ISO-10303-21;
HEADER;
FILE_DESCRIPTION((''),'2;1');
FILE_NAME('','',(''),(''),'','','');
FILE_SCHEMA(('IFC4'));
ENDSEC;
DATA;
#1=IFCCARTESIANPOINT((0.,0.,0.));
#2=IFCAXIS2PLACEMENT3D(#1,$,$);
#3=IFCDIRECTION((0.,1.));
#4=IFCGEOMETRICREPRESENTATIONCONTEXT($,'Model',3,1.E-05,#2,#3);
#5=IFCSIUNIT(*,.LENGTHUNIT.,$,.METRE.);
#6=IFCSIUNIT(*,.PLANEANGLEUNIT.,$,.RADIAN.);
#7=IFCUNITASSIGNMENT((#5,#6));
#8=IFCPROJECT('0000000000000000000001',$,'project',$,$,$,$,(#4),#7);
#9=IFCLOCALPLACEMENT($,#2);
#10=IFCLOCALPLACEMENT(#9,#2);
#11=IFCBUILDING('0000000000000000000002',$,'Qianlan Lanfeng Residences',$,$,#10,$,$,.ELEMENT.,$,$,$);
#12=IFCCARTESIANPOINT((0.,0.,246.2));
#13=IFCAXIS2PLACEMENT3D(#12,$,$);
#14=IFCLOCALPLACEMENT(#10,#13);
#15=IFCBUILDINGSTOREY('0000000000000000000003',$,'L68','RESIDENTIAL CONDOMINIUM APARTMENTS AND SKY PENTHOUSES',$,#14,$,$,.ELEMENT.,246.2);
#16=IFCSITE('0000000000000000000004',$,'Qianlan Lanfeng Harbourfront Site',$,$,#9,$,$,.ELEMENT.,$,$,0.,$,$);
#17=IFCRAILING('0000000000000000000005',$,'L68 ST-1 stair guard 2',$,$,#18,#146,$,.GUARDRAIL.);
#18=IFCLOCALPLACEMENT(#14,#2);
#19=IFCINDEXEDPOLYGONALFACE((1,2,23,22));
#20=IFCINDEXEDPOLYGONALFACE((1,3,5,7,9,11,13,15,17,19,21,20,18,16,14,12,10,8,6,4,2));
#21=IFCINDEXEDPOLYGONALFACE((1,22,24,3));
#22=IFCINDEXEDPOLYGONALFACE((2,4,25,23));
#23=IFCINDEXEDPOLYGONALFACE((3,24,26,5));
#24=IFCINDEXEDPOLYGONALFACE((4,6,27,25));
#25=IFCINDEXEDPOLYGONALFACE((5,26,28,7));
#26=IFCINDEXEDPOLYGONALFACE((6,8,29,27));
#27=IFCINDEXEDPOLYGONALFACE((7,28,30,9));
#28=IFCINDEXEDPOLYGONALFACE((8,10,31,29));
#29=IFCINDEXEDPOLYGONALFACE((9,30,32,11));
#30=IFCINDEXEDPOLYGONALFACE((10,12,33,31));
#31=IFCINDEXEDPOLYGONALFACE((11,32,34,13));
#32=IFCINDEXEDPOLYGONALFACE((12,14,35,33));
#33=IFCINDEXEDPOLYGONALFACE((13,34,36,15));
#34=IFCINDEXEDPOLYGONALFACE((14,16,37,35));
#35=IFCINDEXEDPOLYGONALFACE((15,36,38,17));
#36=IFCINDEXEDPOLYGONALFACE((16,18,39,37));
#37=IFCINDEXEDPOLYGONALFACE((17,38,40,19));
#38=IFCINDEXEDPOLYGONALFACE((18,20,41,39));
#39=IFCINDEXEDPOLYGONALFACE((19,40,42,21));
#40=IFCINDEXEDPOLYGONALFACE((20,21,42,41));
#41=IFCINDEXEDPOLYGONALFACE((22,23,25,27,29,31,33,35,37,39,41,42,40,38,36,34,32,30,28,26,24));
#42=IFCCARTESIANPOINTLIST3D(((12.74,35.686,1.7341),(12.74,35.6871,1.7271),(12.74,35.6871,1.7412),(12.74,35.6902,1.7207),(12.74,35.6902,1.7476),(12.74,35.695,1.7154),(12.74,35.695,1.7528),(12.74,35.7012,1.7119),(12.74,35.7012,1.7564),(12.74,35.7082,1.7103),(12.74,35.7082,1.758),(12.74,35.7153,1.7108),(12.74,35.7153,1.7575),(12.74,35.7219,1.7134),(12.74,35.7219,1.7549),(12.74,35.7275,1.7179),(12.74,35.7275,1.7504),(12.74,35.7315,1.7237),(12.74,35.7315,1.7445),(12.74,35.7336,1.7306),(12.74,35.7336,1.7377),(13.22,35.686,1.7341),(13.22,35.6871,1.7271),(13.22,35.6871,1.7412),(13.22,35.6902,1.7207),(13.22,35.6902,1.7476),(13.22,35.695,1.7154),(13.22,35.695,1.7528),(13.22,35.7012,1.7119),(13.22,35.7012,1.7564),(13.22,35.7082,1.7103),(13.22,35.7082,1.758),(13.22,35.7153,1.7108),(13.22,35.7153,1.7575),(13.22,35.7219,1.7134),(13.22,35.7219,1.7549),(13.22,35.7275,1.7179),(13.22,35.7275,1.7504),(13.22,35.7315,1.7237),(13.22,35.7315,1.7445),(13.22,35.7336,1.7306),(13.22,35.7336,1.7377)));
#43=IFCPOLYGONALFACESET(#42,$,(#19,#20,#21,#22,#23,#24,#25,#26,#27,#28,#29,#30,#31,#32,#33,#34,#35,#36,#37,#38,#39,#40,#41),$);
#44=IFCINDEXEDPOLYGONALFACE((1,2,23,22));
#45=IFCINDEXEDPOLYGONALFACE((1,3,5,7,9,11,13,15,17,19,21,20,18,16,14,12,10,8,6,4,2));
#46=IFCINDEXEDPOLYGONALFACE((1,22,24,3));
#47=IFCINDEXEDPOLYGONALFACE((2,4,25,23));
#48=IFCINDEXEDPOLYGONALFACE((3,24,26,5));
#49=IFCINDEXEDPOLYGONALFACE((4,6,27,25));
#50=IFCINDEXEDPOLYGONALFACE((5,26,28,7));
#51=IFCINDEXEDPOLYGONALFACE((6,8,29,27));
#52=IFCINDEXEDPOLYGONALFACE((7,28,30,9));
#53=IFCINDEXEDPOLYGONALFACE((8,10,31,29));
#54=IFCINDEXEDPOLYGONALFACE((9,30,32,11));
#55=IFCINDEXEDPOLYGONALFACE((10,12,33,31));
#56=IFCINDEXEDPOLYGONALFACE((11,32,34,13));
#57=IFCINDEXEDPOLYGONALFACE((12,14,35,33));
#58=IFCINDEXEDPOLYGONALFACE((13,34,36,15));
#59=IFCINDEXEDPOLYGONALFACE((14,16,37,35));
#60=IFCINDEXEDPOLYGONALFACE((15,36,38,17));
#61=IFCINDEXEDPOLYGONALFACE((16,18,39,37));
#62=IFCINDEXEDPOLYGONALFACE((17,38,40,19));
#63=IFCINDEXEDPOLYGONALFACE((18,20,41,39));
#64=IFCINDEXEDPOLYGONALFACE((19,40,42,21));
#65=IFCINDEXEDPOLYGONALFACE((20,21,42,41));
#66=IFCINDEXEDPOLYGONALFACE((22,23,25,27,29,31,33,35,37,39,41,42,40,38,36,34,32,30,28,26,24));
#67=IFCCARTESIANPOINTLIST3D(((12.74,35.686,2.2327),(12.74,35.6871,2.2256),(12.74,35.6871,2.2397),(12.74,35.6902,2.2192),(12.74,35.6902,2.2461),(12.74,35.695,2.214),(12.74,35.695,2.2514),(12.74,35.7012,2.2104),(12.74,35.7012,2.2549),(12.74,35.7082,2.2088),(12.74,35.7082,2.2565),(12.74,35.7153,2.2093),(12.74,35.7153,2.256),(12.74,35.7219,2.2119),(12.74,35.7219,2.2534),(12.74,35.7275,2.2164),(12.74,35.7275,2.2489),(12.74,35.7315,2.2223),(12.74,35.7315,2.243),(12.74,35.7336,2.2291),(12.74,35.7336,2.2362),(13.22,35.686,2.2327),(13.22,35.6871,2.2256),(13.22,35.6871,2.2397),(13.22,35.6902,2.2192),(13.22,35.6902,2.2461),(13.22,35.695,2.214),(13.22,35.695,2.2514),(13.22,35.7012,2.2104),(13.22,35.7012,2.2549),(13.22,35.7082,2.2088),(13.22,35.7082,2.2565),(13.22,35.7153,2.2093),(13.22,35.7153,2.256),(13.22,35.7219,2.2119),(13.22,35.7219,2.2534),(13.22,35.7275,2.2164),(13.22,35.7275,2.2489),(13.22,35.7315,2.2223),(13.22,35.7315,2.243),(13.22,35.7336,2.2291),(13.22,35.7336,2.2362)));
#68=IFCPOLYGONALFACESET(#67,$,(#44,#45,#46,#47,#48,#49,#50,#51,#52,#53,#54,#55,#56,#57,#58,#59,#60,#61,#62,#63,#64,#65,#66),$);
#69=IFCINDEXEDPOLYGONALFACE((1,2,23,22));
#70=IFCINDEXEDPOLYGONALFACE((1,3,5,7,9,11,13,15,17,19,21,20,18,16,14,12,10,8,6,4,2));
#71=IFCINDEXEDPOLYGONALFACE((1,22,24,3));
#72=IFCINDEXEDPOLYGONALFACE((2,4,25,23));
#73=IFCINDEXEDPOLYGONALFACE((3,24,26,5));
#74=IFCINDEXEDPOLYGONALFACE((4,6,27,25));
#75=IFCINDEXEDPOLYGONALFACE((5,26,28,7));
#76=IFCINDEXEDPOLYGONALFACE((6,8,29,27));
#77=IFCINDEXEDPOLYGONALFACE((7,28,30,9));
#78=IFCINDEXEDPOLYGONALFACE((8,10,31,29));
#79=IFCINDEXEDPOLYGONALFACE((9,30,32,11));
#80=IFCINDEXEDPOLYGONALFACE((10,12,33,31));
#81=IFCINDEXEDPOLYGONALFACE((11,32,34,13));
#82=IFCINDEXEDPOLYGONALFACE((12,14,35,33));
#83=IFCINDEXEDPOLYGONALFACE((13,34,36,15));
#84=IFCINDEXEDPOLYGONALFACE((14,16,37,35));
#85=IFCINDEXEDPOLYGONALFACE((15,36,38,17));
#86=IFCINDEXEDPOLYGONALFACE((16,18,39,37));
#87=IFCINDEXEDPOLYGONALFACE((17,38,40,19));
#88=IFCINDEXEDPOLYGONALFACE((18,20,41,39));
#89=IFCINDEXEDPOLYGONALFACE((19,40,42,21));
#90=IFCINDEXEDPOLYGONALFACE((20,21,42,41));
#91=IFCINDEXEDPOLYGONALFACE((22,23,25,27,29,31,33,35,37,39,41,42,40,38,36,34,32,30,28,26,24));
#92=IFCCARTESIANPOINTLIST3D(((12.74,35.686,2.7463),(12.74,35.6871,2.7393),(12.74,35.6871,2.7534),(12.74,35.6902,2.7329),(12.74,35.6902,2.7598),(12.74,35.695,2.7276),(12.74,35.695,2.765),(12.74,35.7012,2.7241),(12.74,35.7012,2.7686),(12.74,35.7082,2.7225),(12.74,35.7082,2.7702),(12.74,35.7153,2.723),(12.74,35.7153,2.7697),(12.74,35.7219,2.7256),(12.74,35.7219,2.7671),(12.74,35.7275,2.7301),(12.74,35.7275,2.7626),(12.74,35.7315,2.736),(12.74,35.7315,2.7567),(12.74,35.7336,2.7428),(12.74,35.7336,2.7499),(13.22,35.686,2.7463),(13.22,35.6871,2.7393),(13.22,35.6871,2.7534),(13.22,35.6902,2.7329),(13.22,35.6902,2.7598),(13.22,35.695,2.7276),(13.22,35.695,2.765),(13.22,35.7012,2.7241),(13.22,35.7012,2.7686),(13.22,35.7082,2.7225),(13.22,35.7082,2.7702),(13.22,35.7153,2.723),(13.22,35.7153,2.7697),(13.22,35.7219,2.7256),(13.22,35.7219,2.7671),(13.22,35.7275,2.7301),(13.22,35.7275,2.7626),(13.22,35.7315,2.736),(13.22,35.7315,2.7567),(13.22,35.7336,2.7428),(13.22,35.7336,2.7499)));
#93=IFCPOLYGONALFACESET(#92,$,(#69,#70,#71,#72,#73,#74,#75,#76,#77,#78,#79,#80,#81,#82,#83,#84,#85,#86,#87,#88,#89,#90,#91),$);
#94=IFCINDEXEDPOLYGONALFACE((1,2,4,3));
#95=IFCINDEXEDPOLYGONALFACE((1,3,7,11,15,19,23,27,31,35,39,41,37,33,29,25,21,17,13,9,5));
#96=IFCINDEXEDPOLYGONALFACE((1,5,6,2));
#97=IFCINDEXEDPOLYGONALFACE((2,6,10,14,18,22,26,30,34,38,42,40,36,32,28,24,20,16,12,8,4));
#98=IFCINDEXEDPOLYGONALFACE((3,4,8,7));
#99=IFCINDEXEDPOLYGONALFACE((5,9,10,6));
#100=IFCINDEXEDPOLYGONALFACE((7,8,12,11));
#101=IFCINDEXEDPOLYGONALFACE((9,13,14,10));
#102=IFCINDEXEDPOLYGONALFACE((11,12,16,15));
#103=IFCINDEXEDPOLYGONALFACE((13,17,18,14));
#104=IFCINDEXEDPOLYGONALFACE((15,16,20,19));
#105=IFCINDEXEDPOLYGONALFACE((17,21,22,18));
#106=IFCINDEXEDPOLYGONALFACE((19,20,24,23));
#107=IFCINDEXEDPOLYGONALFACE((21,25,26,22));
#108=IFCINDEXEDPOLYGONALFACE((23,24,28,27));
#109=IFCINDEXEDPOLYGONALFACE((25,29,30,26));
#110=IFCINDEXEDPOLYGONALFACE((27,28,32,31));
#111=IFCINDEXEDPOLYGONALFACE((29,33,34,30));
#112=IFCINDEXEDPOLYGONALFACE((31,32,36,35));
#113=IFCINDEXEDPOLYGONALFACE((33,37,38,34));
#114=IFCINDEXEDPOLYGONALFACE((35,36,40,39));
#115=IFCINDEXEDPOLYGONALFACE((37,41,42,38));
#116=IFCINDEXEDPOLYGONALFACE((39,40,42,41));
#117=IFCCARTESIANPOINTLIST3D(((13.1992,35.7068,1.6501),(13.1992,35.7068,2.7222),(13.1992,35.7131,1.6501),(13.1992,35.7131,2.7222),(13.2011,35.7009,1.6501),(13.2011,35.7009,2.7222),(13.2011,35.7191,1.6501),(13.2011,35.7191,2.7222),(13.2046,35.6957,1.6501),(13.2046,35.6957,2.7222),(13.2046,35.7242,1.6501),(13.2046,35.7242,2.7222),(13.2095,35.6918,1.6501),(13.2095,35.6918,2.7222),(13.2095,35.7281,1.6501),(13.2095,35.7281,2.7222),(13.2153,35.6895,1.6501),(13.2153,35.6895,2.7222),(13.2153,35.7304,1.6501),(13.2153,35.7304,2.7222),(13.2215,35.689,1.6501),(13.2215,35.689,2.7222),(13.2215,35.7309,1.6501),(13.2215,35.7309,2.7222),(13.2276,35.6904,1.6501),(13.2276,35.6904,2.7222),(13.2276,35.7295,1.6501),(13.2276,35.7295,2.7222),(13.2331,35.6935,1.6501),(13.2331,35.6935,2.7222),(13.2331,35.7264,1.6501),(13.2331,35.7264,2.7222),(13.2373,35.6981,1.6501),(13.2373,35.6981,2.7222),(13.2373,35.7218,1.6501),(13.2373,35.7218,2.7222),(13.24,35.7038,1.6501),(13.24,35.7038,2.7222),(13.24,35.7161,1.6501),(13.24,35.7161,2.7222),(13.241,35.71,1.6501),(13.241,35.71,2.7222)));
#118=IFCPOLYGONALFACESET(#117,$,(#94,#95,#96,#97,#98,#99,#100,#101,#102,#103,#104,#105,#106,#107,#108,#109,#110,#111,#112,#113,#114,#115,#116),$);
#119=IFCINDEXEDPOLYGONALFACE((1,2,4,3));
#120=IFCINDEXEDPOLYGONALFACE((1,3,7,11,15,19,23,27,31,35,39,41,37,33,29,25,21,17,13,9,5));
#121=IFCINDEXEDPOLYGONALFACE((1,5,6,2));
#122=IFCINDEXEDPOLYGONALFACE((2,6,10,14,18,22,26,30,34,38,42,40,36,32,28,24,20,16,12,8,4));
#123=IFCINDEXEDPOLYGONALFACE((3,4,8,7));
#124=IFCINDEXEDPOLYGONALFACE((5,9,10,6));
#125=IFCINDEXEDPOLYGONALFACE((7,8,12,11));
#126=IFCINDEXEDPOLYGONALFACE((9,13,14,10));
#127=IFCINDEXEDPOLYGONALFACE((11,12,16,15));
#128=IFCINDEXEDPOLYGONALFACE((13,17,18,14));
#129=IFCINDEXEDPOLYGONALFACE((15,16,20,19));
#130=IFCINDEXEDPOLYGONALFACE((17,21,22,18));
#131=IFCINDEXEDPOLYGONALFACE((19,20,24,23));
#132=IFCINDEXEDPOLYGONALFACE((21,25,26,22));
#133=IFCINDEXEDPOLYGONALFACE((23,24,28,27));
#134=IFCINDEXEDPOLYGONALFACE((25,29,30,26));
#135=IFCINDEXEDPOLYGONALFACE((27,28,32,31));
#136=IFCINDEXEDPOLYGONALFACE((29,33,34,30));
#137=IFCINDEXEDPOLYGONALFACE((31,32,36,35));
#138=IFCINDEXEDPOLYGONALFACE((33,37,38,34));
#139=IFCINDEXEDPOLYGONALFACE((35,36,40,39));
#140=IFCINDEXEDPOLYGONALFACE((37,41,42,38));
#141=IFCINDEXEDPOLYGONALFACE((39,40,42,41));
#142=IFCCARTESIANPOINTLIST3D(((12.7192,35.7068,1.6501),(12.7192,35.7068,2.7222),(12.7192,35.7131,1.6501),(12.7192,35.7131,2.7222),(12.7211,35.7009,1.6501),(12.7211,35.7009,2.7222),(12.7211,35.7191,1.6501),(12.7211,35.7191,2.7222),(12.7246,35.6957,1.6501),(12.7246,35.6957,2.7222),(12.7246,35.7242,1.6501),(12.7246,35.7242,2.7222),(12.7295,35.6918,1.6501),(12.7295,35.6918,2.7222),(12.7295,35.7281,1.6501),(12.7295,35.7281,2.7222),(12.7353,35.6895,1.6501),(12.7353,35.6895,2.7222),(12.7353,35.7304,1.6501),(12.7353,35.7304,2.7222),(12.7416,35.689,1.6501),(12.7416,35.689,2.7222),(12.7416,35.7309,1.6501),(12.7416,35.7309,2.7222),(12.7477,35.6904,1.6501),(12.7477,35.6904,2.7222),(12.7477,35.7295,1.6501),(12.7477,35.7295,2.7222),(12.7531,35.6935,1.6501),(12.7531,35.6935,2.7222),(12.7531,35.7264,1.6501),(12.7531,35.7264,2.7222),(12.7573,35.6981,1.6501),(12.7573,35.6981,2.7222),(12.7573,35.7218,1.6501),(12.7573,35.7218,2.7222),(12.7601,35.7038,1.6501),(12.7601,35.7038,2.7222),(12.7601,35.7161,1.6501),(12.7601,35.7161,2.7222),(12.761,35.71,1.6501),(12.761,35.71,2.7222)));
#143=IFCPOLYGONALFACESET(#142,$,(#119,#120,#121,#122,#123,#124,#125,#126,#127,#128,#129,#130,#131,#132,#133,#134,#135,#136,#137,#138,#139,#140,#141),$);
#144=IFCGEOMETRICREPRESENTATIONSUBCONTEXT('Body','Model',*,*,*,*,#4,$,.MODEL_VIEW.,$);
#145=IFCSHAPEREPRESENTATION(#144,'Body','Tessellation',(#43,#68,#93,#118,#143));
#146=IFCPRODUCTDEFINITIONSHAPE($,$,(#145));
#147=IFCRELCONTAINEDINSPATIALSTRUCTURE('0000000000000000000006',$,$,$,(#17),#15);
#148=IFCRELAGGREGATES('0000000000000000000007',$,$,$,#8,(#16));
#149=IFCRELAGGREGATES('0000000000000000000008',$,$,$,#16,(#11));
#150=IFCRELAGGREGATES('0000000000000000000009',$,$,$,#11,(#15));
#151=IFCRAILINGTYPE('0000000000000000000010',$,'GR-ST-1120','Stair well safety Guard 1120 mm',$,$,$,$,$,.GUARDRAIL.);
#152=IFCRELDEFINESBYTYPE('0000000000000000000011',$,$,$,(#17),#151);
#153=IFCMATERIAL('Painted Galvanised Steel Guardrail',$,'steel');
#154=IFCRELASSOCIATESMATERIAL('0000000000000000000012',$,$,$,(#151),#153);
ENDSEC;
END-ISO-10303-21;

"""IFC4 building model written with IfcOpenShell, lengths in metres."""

from ifc_helpers import new_model, si_unit, direction, frame, origin, origin_2d, place, context, subcontext, project, spatial, circle, extrude, material, type_object, element, save


model = new_model("IFC4")

# Units and contexts
model_context = context("Model", 3, precision=1e-05, world=origin(), true_north=direction((0.0, 1.0)))
body_context = subcontext(model_context, "Body", "Model", "MODEL_VIEW")
ifc_project = project(units=[si_unit("LENGTHUNIT", "METRE"), si_unit("PLANEANGLEUNIT", "RADIAN")], contexts=[model_context])

# Site, building, storey
site_placement = place(None, origin())
site = spatial("IfcSite", under=ifc_project, at=site_placement, Name="Qianlan Lanfeng Harbourfront Site", CompositionType="ELEMENT", RefElevation=0.0)
building_placement = place(site_placement, origin())
building = spatial("IfcBuilding", under=site, at=building_placement, Name="Qianlan Lanfeng Residences", CompositionType="ELEMENT")
storey_placement = place(building_placement, frame((0.0, 0.0, 246.2)))
storey = spatial("IfcBuildingStorey", under=building, at=storey_placement, Name="L68", Description="RESIDENTIAL CONDOMINIUM APARTMENTS AND SKY PENTHOUSES", CompositionType="ELEMENT", Elevation=246.2)

# Railing
ifc_material_1 = material(Name="Painted Galvanised Steel Guardrail", Category="steel")
railing_type_1 = type_object("IfcRailingType", Name="GR-ST-1120", Description="Stair well safety Guard 1120 mm", PredefinedType="GUARDRAIL", material=ifc_material_1)
railing_1_placement = place(storey_placement, frame((13.22, 35.71, 1.6501)))
element("IfcRailing", 1, at=railing_1_placement, inside=storey, type_object=railing_type_1, Name="L68 ST-1 stair guard 2", PredefinedType="GUARDRAIL", context=body_context, shape_type="SweptSolid", body=[
    extrude(circle(Radius=0.0239, at=origin_2d()), frame((0.0, 0.0, 0.084), z_axis=(-1.0, 0.0, 0.0), x_axis=(0.0, -1.0, 0.0)), (0.0, 0.0, 1.0), 0.48),
    extrude(circle(Radius=0.0239, at=origin_2d()), frame((0.0, 0.0, 0.5825), z_axis=(-1.0, 0.0, 0.0), x_axis=(0.0, -1.0, 0.0)), (0.0, 0.0, 1.0), 0.48),
    extrude(circle(Radius=0.0239, at=origin_2d()), frame((0.0, 0.0, 1.0962), z_axis=(-1.0, 0.0, 0.0), x_axis=(0.0, -1.0, 0.0)), (0.0, 0.0, 1.0), 0.48),
    extrude(circle(Radius=0.021, at=origin_2d()), origin(), (0.0, 0.0, 1.0), 1.072),
    extrude(circle(Radius=0.021, at=origin_2d()), frame((-0.48, 0.0, 0.0)), (0.0, 0.0, 1.0), 1.072),
])

save(model, "model.ifc")
